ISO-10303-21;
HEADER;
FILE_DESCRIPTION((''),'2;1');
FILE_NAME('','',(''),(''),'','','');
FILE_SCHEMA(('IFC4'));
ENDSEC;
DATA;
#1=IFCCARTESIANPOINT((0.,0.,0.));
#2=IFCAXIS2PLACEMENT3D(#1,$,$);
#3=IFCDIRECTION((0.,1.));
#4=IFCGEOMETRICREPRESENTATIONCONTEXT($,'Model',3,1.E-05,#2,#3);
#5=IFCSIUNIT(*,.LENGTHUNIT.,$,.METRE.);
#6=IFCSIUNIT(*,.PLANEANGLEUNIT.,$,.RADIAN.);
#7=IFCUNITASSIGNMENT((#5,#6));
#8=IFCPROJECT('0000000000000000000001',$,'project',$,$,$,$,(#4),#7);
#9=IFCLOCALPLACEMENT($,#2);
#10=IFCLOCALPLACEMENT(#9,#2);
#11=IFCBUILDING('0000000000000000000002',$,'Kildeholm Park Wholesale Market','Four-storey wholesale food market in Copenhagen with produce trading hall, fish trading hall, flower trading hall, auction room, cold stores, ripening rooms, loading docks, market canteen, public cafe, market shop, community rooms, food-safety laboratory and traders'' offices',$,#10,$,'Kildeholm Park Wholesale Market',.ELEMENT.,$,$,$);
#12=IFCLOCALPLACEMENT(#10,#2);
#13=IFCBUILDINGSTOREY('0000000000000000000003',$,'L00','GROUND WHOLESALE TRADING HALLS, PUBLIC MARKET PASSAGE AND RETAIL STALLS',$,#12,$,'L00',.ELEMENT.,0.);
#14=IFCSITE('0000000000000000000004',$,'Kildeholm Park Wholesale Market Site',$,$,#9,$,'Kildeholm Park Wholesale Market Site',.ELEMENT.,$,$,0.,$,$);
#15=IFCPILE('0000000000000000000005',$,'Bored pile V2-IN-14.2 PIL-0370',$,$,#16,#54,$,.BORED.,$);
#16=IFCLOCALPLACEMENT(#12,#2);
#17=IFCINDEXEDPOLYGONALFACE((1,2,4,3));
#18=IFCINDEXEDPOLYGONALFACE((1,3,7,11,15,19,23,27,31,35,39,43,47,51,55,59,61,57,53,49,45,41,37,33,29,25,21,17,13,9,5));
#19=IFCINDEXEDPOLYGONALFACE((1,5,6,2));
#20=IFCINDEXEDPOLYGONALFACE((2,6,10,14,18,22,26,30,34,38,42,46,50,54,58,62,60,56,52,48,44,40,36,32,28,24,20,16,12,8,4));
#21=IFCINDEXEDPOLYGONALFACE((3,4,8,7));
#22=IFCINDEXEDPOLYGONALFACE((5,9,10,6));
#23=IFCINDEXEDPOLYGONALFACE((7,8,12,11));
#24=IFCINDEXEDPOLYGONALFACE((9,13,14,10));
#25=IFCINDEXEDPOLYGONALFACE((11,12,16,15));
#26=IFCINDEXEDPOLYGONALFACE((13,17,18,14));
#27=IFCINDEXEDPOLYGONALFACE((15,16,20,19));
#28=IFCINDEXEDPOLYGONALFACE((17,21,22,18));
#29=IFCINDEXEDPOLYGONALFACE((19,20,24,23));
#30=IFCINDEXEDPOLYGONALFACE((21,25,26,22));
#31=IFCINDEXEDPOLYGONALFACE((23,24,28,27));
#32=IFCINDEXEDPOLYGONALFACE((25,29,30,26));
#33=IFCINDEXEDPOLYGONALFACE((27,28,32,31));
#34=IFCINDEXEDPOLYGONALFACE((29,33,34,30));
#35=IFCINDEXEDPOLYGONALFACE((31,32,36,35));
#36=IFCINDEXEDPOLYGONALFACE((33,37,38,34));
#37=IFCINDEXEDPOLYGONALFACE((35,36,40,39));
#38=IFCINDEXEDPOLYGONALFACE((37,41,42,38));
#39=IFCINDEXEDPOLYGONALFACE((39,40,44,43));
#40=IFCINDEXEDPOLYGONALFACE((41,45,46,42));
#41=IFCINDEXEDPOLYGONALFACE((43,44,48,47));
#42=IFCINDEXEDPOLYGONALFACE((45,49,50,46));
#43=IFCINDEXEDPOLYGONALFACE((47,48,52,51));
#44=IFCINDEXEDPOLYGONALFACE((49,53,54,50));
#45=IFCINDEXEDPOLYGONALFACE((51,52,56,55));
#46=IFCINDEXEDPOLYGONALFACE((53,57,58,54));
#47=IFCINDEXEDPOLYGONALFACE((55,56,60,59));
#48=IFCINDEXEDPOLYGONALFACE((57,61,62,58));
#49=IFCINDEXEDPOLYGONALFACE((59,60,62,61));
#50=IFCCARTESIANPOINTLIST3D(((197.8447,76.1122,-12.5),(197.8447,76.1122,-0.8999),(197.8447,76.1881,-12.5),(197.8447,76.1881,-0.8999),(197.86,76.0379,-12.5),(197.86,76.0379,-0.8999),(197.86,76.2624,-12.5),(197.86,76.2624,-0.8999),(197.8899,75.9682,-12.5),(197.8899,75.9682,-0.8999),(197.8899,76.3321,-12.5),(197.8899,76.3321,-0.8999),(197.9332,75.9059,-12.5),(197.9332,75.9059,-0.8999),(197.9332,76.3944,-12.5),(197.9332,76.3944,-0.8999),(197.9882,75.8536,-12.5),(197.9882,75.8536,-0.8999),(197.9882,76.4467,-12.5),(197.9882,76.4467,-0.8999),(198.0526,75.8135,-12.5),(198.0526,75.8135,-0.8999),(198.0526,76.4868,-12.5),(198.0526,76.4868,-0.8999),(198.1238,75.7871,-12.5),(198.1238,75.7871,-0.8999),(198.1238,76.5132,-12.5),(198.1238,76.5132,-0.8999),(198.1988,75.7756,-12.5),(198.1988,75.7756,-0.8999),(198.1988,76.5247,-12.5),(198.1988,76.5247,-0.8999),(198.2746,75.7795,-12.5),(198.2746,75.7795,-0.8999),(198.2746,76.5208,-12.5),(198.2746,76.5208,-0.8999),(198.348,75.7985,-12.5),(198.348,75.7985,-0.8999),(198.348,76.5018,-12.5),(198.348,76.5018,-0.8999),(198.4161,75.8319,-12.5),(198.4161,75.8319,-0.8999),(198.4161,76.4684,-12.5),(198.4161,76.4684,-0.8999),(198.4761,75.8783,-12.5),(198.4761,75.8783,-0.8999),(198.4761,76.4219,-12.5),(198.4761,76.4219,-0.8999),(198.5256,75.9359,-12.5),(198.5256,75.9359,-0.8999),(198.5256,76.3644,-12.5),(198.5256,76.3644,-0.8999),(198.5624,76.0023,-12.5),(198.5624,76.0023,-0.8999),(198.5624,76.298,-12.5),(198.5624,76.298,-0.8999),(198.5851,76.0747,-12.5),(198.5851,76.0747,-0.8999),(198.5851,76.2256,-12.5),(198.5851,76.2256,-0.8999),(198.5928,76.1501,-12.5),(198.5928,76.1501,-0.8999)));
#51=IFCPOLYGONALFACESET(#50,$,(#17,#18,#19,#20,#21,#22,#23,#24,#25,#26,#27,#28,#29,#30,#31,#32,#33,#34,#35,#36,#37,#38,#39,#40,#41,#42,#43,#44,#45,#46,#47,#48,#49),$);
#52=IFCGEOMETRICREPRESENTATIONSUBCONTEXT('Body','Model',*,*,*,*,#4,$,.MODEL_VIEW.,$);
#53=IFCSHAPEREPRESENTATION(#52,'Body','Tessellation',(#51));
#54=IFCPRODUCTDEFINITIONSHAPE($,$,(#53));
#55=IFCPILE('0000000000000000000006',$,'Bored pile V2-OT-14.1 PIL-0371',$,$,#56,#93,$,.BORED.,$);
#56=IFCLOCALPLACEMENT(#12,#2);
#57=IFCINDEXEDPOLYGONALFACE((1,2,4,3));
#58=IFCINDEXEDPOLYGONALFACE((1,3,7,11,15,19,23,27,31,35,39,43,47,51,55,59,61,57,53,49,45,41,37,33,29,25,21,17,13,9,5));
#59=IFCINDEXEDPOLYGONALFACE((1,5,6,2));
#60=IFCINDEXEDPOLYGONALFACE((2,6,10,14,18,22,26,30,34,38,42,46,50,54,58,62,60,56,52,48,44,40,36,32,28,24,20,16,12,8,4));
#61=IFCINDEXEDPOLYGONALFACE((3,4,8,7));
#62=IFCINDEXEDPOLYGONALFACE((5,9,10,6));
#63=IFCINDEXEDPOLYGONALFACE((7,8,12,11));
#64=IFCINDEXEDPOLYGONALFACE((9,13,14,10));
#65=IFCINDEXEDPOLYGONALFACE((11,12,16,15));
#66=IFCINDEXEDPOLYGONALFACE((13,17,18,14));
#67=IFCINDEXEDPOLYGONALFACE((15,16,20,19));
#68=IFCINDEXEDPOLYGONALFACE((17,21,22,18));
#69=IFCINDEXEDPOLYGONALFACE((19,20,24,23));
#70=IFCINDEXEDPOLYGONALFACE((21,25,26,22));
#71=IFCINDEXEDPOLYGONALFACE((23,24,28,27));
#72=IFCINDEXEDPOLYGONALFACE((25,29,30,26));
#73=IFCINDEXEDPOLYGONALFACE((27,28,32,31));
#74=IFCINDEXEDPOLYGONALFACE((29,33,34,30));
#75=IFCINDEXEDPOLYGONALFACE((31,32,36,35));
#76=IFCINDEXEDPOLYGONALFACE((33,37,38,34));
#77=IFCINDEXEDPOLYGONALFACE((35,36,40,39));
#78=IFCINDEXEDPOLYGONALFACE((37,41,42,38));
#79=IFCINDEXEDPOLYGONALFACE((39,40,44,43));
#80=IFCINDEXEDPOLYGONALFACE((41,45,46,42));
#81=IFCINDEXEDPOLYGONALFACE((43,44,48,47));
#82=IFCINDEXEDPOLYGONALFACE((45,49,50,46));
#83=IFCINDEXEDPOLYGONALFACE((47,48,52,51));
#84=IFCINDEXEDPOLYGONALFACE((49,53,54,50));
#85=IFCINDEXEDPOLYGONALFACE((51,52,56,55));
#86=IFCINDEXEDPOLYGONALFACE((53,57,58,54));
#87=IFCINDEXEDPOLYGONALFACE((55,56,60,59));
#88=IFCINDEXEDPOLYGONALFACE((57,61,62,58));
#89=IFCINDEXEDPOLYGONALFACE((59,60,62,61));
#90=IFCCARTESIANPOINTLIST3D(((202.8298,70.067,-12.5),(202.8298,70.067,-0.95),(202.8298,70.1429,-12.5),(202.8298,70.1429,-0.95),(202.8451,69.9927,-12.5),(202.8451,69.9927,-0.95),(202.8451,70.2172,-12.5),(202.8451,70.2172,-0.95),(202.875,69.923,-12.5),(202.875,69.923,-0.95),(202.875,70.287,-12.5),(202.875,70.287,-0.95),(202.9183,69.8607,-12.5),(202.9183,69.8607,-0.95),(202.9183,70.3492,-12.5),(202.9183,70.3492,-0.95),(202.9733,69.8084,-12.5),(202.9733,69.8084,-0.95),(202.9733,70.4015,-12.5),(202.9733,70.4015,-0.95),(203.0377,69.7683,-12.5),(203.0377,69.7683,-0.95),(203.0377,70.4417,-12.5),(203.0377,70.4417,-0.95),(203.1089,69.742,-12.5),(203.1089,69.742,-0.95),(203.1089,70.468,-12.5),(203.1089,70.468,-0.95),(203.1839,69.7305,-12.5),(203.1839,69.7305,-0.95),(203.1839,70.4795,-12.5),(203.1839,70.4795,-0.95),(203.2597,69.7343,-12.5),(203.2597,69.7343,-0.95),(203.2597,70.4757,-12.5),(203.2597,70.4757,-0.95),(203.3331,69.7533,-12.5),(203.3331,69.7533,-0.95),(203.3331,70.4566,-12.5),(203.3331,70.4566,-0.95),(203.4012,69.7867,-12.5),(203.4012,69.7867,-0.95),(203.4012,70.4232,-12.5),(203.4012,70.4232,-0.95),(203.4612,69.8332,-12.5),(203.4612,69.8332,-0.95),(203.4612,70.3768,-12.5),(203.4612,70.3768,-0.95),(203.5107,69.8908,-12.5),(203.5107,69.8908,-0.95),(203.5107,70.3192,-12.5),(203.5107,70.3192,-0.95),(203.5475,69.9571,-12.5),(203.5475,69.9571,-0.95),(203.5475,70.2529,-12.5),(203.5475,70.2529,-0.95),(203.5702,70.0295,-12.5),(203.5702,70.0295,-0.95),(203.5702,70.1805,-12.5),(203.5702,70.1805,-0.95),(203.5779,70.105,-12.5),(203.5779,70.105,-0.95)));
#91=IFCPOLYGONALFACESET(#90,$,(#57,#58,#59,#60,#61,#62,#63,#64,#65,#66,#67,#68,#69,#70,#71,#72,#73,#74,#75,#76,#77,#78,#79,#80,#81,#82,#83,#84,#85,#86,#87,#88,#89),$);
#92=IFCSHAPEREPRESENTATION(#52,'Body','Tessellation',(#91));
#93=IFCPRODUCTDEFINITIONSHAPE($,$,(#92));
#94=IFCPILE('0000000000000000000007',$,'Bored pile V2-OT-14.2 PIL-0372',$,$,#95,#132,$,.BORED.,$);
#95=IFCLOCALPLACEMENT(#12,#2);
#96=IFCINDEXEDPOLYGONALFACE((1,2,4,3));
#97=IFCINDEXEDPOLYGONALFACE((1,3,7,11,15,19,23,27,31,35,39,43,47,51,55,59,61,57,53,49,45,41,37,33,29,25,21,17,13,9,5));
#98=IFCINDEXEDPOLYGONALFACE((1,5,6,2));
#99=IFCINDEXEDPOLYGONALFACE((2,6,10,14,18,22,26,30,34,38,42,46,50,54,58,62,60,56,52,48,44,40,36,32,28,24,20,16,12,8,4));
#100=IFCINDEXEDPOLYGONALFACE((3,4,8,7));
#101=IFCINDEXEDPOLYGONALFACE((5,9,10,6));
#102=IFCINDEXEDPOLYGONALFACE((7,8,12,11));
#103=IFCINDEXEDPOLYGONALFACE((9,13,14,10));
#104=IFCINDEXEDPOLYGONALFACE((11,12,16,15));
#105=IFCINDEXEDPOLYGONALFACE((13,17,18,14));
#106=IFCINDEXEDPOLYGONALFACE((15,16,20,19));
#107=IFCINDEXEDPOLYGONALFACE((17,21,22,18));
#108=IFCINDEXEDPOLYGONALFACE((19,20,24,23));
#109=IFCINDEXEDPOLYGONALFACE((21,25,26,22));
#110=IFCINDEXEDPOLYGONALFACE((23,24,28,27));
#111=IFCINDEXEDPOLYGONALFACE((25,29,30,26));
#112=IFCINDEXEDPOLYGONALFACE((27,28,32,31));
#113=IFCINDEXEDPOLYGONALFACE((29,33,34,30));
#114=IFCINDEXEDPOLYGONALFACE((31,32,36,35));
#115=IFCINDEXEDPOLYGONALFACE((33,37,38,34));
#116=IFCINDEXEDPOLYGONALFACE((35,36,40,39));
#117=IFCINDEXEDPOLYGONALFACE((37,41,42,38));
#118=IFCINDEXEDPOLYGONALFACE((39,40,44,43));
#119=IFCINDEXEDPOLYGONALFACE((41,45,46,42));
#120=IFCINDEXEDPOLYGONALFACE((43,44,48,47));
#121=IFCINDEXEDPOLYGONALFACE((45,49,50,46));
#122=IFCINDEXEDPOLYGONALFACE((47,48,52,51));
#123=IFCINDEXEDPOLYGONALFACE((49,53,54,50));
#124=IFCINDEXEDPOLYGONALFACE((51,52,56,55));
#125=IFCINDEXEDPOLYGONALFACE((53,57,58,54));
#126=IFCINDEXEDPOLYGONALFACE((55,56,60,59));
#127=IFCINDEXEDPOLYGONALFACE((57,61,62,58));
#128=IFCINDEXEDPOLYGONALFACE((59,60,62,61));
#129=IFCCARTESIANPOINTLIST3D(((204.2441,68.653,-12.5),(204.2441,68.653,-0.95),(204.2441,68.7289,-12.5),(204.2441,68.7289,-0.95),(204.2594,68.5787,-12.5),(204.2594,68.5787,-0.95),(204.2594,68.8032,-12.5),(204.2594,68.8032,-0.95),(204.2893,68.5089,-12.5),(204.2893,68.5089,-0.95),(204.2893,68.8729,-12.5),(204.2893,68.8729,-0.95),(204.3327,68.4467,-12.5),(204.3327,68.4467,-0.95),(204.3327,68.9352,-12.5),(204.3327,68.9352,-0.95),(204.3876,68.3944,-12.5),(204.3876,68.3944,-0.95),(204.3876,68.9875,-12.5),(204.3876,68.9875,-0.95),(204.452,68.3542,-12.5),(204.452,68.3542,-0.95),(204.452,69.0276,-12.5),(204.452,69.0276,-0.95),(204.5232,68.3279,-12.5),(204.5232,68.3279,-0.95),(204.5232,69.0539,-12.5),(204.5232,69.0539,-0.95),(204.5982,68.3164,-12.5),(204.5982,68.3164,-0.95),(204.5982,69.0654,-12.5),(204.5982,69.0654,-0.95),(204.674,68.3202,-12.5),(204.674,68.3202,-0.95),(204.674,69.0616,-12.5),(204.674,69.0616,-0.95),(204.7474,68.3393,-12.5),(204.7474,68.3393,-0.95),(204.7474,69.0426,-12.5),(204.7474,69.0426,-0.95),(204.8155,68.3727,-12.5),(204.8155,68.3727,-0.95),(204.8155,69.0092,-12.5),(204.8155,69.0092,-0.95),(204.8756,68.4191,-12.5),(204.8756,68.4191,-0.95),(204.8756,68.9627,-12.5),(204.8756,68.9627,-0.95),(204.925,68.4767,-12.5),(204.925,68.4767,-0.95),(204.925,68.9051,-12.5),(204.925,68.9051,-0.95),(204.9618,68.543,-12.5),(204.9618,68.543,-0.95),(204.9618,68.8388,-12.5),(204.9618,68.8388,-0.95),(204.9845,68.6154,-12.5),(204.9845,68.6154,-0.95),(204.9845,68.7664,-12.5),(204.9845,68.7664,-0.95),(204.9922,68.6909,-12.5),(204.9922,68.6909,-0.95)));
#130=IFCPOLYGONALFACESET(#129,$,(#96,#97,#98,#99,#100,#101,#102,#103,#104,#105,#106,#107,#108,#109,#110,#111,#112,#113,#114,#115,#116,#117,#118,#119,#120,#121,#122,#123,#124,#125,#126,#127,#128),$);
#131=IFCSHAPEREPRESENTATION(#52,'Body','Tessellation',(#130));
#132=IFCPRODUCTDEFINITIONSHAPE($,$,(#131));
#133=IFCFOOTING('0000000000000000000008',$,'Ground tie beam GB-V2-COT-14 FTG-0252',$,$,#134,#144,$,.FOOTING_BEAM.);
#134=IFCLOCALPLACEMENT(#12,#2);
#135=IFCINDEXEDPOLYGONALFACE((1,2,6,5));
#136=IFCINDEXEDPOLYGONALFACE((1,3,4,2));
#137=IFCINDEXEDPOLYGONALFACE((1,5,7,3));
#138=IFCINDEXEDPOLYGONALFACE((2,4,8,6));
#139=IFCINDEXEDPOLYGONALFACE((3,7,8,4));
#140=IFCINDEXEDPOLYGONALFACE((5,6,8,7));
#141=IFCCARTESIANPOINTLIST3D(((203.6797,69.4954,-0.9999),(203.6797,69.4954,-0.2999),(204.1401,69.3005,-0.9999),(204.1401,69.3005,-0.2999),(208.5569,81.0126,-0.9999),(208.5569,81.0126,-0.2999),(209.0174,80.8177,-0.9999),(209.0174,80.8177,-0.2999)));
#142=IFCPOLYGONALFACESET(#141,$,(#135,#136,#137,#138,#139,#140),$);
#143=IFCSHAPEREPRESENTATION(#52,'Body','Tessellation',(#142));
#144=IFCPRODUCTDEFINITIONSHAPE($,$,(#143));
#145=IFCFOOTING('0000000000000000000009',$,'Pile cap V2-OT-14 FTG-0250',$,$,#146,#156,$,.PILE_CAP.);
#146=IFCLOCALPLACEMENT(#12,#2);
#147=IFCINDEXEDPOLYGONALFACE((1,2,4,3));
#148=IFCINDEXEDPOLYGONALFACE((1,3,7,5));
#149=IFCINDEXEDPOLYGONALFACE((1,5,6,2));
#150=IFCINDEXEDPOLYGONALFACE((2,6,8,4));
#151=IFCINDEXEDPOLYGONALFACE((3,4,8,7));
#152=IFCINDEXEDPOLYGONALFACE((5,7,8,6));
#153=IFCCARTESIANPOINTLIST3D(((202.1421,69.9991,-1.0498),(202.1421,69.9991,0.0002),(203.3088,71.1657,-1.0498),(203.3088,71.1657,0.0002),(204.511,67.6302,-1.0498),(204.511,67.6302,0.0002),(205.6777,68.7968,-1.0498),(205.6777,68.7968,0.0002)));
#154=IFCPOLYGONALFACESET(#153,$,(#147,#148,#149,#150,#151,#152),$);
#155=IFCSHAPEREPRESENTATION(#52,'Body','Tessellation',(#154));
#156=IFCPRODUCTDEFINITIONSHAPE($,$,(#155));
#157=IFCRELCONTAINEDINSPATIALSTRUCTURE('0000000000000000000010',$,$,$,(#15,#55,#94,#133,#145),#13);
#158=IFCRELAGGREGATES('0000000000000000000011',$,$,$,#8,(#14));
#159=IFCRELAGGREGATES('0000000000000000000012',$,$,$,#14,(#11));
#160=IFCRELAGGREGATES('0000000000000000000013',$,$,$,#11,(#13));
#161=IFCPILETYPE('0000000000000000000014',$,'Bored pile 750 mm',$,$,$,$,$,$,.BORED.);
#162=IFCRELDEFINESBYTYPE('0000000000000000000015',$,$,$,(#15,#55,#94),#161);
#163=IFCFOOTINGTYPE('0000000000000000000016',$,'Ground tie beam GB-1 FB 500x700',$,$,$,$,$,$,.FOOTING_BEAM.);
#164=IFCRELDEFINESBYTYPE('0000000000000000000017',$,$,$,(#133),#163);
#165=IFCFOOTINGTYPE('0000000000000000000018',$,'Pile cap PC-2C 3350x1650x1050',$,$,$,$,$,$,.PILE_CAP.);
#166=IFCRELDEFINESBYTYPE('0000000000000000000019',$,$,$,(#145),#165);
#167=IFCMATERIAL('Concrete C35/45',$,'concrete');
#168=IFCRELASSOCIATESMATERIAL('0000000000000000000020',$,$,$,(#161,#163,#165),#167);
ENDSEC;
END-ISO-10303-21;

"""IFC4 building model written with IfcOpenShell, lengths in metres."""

from ifc_helpers import new_model, si_unit, direction, frame, origin, origin_2d, place, context, subcontext, project, spatial, rectangle, circle, extrude, material, material_profile, profile_set, type_object, element, save


model = new_model("IFC4")

# Units and contexts
model_context = context("Model", 3, precision=1e-05, world=origin(), true_north=direction((0.0, 1.0)))
body_context = subcontext(model_context, "Body", "Model", "MODEL_VIEW")
ifc_project = project(units=[si_unit("LENGTHUNIT", "METRE"), si_unit("PLANEANGLEUNIT", "RADIAN")], contexts=[model_context])

# Site, building, storey
site_placement = place(None, origin())
site = spatial("IfcSite", under=ifc_project, at=site_placement, Name="Kildeholm Park Wholesale Market Site", LongName="Kildeholm Park Wholesale Market Site", CompositionType="ELEMENT", RefElevation=0.0)
building_placement = place(site_placement, origin())
building = spatial("IfcBuilding", under=site, at=building_placement, Name="Kildeholm Park Wholesale Market", Description="Four-storey wholesale food market in Copenhagen with produce trading hall, fish trading hall, flower trading hall, auction room, cold stores, ripening rooms, loading docks, market canteen, public cafe, market shop, community rooms, food-safety laboratory and traders' offices", LongName="Kildeholm Park Wholesale Market", CompositionType="ELEMENT")
storey_placement = place(building_placement, origin())
storey = spatial("IfcBuildingStorey", under=building, at=storey_placement, Name="L00", Description="GROUND WHOLESALE TRADING HALLS, PUBLIC MARKET PASSAGE AND RETAIL STALLS", LongName="L00", CompositionType="ELEMENT", Elevation=0.0)

# Piles
ifc_material_1 = material(Name="Concrete C35/45", Category="concrete")
ifc_material_profile_1 = material_profile(ifc_material_1, circle(Radius=0.375, at=origin_2d()), Name="PILE D750")
ifc_profile_set_1 = profile_set([ifc_material_profile_1], Name="Concrete C35/45")
pile_type = type_object("IfcPileType", Name="Bored pile 750 mm", PredefinedType="BORED", material=ifc_profile_set_1)
pile_placement = place(storey_placement, frame((198.2178, 76.1501, -0.8999), z_axis=(0.0, 0.0, -1.0), x_axis=(1.0, 0.0, 0.0)))
element("IfcPile", 1, at=pile_placement, inside=storey, type_object=pile_type, Name="Bored pile V2-IN-14.2 PIL-0370", PredefinedType="BORED", context=body_context, shape_type="SweptSolid", body=[
    extrude(circle(Radius=0.375, at=origin_2d()), origin(), (0.0, 0.0, 1.0), 11.6001),
])
for number, where, z_axis, x_axis, name in (
    (2, (203.2029, 70.105, -0.95), (0.0, 0.0, -1.0), (1.0, 0.0, 0.0), "Bored pile V2-OT-14.1 PIL-0371"),
    (3, (204.6172, 68.6909, -0.95), (0.0, 0.0, -1.0), (1.0, 0.0, 0.0), "Bored pile V2-OT-14.2 PIL-0372"),
):
    element("IfcPile", number, at=place(storey_placement, frame(where, z_axis=z_axis, x_axis=x_axis)), inside=storey, type_object=pile_type, Name=name, PredefinedType="BORED", context=body_context, shape_type="SweptSolid", body=[
        extrude(circle(Radius=0.375, at=origin_2d()), origin(), (0.0, 0.0, 1.0), 11.55),
    ])

# Footings
ifc_material_profile_2 = material_profile(ifc_material_1, rectangle(XDim=0.5, YDim=0.7, at=origin_2d()), Name="FB 500x700")
ifc_profile_set_2 = profile_set([ifc_material_profile_2], Name="Concrete C35/45")
footing_type_1 = type_object("IfcFootingType", Name="Ground tie beam GB-1 FB 500x700", PredefinedType="FOOTING_BEAM", material=ifc_profile_set_2)
footing_1_placement = place(storey_placement, frame((203.9099, 69.3979, -0.6499), z_axis=(0.389951, 0.920836, 0.0), x_axis=(-0.920836, 0.389951, 0.0)))
element("IfcFooting", 4, at=footing_1_placement, inside=storey, type_object=footing_type_1, Name="Ground tie beam GB-V2-COT-14 FTG-0252", PredefinedType="FOOTING_BEAM", context=body_context, shape_type="SweptSolid", body=[
    extrude(rectangle(XDim=0.5, YDim=0.7, at=origin_2d()), origin(), (0.0, 0.0, 1.0), 12.5073),
])
footing_type_2 = type_object("IfcFootingType", Name="Pile cap PC-2C 3350x1650x1050", PredefinedType="PILE_CAP", material=ifc_material_1)
footing_2_placement = place(storey_placement, frame((203.9099, 69.3979, -1.0498), z_axis=(0.0, 0.0, 1.0), x_axis=(0.707107, -0.707107, 0.0)))
element("IfcFooting", 5, at=footing_2_placement, inside=storey, type_object=footing_type_2, Name="Pile cap V2-OT-14 FTG-0250", PredefinedType="PILE_CAP", context=body_context, shape_type="SweptSolid", body=[
    extrude(rectangle(XDim=3.3501, YDim=1.6499, at=origin_2d()), origin(), (0.0, 0.0, 1.0), 1.05),
])

save(model, "model.ifc")
